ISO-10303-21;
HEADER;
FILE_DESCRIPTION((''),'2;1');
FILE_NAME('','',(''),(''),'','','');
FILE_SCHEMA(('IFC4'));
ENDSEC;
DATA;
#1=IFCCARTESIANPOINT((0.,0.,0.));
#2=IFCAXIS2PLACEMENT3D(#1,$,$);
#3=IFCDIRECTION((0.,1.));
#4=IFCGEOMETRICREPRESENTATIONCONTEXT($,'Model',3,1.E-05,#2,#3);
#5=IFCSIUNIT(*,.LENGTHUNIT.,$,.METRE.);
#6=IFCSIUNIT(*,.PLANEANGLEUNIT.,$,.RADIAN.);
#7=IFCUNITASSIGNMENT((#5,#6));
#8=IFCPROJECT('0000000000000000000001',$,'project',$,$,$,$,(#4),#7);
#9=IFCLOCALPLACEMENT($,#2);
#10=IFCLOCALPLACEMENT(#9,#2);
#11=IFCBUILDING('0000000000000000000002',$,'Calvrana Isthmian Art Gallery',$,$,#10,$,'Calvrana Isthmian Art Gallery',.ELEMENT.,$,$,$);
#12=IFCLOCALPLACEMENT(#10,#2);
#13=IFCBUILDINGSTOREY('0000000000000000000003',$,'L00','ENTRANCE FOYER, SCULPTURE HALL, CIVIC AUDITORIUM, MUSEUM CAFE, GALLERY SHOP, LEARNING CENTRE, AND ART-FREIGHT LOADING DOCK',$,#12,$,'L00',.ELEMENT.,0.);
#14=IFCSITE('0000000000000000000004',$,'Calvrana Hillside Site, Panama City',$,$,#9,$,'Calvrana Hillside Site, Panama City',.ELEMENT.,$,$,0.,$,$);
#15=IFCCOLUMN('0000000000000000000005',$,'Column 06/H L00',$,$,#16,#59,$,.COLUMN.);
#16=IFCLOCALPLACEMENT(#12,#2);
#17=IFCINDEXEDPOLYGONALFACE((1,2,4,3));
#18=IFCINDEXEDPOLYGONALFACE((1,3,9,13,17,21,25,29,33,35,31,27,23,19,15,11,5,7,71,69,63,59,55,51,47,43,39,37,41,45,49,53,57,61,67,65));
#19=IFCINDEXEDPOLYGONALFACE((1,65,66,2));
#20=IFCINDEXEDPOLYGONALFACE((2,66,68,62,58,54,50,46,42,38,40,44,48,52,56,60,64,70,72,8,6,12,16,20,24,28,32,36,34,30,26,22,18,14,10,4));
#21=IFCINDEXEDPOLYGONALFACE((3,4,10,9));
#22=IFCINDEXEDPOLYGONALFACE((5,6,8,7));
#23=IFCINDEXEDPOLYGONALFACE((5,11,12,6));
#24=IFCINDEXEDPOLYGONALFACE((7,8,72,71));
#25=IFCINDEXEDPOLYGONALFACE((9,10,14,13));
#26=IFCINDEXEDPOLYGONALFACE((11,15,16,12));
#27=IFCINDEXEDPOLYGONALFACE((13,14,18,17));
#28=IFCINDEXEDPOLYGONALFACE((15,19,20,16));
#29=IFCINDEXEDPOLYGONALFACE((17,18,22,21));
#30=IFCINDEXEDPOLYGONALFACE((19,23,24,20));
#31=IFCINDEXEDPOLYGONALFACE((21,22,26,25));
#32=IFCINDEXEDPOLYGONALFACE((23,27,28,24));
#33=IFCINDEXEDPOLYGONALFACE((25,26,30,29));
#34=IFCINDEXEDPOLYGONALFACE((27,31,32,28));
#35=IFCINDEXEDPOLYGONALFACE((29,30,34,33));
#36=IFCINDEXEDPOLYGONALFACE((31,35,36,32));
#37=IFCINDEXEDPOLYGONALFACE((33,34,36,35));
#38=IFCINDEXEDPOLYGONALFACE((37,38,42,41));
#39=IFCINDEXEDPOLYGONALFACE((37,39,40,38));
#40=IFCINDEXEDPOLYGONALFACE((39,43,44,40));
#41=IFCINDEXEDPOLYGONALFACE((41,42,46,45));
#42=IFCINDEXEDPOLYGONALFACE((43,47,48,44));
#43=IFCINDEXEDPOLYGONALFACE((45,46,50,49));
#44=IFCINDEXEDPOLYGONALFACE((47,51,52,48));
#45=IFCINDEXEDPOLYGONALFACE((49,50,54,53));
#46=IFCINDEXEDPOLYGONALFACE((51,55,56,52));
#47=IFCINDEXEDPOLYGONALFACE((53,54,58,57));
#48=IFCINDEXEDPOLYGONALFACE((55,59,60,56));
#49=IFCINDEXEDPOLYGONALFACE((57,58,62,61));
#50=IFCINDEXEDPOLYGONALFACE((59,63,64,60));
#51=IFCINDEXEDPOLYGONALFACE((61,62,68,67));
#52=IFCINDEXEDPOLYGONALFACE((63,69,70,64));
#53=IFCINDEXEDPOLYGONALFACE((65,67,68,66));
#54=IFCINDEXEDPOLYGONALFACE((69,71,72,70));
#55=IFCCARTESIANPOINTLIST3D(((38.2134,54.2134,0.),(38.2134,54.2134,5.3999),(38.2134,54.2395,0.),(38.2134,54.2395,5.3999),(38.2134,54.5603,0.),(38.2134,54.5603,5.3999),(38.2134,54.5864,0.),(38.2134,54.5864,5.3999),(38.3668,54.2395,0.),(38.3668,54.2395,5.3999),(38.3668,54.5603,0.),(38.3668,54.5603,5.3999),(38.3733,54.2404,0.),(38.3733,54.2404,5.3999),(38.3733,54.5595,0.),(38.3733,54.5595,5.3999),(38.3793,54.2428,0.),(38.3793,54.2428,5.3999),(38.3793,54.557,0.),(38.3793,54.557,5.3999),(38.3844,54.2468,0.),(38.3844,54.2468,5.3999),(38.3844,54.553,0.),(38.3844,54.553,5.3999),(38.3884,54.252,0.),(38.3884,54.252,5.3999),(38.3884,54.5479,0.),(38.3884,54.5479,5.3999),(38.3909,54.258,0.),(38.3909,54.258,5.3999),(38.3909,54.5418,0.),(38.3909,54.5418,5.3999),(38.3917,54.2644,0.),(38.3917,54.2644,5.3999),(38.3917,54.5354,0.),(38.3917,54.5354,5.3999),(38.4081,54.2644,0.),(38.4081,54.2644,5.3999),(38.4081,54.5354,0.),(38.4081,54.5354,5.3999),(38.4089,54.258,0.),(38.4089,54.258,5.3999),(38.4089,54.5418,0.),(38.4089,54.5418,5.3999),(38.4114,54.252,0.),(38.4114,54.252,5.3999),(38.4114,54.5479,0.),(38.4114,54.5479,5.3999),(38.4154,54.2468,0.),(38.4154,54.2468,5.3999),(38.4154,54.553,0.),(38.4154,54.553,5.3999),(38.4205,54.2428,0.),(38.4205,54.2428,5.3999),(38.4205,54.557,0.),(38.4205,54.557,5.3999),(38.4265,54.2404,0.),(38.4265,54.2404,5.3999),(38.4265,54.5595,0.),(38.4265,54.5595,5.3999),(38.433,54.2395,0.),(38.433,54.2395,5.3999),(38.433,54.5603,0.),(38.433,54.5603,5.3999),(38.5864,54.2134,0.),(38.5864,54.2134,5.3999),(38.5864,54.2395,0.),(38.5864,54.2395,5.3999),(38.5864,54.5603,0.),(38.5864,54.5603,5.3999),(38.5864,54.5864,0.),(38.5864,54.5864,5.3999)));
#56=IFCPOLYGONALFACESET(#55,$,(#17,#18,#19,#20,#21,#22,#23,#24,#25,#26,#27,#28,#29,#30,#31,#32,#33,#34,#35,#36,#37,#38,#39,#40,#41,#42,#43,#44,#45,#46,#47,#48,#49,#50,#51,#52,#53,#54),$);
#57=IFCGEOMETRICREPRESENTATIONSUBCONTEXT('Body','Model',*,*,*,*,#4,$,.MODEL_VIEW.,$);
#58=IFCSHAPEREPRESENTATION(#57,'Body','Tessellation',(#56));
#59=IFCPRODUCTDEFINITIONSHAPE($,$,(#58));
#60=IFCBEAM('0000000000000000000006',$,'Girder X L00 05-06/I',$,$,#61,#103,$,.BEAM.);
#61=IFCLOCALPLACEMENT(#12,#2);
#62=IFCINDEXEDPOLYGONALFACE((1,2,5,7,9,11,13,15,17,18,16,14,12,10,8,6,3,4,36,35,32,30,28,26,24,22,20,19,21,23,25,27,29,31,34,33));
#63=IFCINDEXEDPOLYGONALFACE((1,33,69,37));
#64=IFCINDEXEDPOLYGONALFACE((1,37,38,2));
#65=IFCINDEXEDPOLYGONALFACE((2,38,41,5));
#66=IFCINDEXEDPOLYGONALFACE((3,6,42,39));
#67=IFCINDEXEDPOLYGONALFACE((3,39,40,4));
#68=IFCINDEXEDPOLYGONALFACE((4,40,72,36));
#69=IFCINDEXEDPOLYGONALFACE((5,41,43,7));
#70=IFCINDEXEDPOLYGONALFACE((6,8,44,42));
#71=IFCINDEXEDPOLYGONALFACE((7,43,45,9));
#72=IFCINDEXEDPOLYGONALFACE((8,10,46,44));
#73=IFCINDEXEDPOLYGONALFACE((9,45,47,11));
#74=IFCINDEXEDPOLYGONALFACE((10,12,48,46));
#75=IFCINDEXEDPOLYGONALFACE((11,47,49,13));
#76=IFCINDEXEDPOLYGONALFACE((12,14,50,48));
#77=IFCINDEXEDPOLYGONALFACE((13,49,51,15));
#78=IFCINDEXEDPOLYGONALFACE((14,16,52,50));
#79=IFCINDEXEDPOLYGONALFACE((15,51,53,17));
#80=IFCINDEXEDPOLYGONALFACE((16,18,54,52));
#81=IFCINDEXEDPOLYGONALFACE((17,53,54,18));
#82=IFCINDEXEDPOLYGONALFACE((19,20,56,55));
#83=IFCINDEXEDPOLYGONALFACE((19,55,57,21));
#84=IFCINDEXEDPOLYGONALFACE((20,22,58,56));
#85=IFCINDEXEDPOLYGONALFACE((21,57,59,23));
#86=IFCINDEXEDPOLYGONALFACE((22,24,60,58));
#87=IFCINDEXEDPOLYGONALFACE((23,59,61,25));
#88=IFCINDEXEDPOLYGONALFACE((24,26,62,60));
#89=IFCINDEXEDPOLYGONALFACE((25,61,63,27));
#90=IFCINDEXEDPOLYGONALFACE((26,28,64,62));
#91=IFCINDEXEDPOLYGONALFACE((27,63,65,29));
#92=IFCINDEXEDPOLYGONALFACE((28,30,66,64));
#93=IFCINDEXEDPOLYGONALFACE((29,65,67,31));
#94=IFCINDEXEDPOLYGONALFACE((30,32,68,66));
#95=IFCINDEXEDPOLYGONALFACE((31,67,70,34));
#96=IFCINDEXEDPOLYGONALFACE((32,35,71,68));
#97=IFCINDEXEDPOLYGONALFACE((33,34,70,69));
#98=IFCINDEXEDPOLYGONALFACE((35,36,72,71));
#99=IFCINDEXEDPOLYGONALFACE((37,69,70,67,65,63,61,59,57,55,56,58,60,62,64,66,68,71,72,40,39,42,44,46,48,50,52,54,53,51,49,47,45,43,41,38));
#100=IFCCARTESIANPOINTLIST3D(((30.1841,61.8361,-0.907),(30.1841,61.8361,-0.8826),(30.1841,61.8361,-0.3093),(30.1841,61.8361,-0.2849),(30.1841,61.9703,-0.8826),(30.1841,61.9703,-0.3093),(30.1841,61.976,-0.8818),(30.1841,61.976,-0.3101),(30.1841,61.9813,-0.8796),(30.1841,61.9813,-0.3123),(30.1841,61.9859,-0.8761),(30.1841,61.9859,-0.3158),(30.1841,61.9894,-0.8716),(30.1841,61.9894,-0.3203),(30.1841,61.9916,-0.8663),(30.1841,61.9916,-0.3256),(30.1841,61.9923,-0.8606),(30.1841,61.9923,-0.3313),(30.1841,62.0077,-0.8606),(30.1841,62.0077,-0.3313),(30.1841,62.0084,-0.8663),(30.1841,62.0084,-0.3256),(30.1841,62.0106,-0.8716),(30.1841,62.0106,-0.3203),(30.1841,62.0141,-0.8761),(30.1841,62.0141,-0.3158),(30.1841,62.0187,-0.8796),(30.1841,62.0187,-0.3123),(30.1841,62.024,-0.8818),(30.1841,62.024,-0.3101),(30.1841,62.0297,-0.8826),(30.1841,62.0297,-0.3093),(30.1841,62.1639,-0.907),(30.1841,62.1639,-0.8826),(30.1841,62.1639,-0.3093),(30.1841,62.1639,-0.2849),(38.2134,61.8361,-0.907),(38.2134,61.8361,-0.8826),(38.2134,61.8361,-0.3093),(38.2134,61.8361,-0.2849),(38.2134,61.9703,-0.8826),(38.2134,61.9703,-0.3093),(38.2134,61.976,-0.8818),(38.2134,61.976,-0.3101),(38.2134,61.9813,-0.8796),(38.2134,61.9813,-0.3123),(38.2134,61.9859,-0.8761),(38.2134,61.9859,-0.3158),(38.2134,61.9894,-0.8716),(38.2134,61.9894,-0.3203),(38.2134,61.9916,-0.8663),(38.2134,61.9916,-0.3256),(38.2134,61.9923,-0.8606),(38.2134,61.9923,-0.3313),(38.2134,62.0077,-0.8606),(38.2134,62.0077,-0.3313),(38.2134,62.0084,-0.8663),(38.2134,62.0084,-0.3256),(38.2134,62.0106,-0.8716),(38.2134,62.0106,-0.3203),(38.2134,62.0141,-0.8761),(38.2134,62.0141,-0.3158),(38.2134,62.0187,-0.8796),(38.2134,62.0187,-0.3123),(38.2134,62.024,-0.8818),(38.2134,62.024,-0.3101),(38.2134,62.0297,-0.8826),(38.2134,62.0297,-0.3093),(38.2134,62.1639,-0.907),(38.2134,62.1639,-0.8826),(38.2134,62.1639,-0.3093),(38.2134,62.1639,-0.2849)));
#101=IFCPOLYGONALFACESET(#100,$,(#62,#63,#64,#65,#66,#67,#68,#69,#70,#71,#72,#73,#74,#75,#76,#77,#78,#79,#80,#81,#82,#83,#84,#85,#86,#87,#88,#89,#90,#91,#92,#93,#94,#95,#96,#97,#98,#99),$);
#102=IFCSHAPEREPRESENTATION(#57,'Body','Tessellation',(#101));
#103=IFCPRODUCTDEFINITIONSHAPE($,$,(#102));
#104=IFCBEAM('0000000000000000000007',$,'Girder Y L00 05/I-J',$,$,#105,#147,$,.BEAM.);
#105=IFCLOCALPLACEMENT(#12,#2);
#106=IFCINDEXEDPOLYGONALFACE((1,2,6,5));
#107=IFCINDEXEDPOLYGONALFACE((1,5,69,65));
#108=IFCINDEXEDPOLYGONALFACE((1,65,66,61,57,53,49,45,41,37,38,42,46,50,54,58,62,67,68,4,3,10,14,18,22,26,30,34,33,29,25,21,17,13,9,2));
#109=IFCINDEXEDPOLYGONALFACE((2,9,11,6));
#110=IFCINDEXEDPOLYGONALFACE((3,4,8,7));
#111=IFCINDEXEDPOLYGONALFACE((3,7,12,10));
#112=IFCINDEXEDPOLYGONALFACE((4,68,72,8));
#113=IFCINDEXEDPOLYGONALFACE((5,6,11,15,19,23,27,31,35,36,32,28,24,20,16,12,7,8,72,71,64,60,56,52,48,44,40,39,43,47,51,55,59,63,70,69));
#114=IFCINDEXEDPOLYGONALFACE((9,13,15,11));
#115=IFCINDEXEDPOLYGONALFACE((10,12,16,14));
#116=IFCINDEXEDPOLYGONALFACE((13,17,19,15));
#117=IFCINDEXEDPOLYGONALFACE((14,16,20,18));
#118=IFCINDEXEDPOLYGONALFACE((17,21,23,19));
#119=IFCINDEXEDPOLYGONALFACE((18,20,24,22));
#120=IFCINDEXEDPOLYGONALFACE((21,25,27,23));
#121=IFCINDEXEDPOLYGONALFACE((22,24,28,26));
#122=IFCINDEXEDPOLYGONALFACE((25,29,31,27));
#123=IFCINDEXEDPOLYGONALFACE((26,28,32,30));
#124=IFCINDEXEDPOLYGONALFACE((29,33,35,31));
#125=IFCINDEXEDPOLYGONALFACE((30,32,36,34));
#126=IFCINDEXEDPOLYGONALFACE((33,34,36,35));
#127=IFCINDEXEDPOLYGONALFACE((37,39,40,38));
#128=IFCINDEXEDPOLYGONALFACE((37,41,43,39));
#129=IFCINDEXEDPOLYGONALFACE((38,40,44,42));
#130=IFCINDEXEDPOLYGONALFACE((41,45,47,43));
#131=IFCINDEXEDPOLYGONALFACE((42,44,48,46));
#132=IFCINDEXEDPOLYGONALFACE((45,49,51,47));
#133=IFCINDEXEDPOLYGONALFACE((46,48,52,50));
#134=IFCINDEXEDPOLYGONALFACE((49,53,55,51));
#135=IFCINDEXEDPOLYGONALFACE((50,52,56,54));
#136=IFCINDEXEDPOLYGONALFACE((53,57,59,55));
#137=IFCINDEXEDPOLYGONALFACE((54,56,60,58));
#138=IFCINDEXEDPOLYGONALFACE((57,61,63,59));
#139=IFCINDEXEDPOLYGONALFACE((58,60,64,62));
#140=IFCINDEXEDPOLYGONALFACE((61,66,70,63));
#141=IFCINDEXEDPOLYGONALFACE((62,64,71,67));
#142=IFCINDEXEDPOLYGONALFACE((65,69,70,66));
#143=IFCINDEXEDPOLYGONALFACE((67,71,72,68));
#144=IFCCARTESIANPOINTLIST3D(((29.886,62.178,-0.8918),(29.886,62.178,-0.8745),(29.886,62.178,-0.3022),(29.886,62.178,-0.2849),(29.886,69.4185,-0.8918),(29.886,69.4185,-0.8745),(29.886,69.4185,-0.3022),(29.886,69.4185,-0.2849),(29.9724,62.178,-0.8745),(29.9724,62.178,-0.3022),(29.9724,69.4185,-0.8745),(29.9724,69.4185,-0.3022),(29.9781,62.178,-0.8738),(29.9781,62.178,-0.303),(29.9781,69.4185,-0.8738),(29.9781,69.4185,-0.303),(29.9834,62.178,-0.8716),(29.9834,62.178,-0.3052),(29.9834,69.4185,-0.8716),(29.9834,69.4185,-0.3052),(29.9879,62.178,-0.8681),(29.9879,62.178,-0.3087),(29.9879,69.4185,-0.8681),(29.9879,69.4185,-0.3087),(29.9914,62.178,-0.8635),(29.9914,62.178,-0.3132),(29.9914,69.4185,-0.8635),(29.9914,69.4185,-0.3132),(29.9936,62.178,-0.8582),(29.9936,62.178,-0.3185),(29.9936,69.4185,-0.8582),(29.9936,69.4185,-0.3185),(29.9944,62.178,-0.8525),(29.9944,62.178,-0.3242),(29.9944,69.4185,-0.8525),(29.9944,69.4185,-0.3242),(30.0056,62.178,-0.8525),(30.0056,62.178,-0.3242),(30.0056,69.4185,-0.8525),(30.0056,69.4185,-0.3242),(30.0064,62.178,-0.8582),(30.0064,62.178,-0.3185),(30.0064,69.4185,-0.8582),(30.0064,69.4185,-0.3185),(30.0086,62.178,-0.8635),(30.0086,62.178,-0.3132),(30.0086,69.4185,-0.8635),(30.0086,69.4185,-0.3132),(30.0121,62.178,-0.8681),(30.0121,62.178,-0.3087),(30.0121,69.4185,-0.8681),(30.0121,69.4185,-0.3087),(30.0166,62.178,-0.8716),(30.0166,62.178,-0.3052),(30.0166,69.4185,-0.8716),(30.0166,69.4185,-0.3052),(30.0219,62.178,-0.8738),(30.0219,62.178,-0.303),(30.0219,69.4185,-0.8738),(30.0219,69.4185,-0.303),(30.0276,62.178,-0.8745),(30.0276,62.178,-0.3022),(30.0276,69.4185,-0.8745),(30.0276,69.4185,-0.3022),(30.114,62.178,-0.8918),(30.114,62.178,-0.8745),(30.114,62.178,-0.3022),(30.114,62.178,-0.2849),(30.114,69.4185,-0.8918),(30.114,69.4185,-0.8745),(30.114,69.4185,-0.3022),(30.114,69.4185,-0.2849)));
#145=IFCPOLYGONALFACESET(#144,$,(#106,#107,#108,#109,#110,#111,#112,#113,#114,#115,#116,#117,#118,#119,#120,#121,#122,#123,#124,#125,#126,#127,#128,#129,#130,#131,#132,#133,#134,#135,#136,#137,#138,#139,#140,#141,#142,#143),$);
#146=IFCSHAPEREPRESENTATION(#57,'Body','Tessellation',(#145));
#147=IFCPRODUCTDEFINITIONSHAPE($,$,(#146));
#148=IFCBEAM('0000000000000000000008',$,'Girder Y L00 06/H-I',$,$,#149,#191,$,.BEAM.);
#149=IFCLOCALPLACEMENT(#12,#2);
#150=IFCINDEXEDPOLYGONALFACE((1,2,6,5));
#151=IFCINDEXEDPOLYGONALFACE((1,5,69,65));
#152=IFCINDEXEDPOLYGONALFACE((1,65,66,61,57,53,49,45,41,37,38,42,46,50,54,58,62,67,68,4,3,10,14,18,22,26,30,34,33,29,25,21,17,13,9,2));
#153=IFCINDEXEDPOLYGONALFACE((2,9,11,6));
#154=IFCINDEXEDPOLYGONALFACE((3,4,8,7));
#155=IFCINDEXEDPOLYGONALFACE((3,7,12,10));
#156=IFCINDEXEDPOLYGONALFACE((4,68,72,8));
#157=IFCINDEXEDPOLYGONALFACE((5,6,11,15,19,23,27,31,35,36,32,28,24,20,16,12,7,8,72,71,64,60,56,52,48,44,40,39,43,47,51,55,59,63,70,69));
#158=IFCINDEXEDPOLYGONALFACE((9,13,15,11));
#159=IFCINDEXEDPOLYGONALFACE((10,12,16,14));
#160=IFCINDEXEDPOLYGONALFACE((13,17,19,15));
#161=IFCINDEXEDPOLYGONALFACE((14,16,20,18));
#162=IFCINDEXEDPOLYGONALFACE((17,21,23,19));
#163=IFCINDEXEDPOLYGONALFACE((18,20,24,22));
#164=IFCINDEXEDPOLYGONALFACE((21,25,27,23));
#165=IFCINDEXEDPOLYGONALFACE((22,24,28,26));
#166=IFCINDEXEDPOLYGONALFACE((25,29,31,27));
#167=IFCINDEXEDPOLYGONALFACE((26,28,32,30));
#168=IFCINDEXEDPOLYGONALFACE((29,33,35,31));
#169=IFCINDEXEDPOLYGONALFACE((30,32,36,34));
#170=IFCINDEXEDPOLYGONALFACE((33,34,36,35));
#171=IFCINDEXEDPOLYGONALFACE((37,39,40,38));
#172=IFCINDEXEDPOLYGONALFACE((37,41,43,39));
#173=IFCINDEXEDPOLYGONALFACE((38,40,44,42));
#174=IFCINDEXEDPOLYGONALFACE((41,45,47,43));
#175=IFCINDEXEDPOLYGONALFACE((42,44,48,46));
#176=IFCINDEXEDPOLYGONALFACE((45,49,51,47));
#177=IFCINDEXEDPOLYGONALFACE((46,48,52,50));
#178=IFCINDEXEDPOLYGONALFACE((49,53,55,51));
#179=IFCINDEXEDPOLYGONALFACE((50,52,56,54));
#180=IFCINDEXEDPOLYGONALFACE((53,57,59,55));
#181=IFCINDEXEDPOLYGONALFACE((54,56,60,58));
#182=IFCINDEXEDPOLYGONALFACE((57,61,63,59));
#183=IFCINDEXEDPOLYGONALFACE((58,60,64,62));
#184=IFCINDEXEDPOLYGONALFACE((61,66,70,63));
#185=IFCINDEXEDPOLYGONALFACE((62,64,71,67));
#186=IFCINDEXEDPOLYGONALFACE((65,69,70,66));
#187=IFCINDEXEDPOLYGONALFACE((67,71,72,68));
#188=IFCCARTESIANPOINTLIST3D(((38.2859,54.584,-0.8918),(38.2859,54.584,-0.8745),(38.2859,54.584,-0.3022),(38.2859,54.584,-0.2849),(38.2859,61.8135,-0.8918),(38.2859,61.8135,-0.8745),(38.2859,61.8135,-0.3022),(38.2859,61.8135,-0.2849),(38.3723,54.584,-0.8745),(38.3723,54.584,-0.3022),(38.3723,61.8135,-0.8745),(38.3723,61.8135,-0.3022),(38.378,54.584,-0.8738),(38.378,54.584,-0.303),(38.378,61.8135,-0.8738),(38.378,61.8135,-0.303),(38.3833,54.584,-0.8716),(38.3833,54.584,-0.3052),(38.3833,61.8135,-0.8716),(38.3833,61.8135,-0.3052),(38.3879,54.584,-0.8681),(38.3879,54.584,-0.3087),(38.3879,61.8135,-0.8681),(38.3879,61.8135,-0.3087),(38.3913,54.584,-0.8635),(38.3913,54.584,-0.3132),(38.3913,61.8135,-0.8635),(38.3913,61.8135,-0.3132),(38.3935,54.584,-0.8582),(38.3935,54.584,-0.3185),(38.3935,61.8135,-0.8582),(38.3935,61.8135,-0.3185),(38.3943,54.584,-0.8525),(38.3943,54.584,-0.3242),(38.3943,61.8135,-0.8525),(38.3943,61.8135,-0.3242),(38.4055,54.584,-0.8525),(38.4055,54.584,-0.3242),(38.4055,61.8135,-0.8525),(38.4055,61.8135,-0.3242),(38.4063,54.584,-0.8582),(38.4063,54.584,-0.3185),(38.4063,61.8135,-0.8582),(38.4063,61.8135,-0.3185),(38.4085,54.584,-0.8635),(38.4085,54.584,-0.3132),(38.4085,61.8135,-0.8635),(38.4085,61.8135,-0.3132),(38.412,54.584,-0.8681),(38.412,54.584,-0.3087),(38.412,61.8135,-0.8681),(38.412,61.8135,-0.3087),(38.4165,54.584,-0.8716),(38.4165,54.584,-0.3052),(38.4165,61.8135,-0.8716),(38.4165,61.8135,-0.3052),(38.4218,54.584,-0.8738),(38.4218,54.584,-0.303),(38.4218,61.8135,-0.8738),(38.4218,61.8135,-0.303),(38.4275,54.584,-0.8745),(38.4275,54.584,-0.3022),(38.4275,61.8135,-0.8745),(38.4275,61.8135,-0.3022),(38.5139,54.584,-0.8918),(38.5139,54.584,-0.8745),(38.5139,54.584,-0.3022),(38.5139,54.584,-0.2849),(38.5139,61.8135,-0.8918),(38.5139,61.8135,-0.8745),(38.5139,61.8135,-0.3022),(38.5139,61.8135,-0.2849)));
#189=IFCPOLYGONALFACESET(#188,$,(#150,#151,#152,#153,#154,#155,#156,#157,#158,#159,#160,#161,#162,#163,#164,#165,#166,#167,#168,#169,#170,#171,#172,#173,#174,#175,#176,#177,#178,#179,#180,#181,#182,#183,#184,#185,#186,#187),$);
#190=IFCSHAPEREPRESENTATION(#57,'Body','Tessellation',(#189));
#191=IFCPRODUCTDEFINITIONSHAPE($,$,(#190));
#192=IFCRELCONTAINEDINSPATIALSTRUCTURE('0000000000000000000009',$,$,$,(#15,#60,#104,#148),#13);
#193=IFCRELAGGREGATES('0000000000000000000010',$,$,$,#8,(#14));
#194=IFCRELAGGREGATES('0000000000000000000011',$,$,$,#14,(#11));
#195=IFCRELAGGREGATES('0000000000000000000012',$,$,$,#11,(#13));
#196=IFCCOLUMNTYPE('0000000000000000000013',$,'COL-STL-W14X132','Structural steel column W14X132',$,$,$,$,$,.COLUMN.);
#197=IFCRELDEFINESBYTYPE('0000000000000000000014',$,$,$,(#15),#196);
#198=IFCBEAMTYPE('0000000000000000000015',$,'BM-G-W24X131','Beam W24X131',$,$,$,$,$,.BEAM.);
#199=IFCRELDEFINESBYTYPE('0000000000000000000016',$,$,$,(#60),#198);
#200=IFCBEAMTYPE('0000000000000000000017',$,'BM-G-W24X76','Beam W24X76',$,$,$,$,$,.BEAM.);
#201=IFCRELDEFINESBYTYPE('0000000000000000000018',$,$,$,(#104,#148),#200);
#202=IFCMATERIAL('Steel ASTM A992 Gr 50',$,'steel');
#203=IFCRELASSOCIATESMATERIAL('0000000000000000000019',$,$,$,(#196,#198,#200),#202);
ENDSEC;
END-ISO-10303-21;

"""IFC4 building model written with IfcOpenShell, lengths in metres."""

from ifc_helpers import new_model, si_unit, direction, frame, origin, origin_2d, place, context, subcontext, project, spatial, i_section, extrude, material, material_profile, profile_set, type_object, element, save


model = new_model("IFC4")

# Units and contexts
model_context = context("Model", 3, precision=1e-05, world=origin(), true_north=direction((0.0, 1.0)))
body_context = subcontext(model_context, "Body", "Model", "MODEL_VIEW")
ifc_project = project(units=[si_unit("LENGTHUNIT", "METRE"), si_unit("PLANEANGLEUNIT", "RADIAN")], contexts=[model_context])

# Site, building, storey
site_placement = place(None, origin())
site = spatial("IfcSite", under=ifc_project, at=site_placement, Name="Calvrana Hillside Site, Panama City", LongName="Calvrana Hillside Site, Panama City", CompositionType="ELEMENT", RefElevation=0.0)
building_placement = place(site_placement, origin())
building = spatial("IfcBuilding", under=site, at=building_placement, Name="Calvrana Isthmian Art Gallery", LongName="Calvrana Isthmian Art Gallery", CompositionType="ELEMENT")
storey_placement = place(building_placement, origin())
storey = spatial("IfcBuildingStorey", under=building, at=storey_placement, Name="L00", Description="ENTRANCE FOYER, SCULPTURE HALL, CIVIC AUDITORIUM, MUSEUM CAFE, GALLERY SHOP, LEARNING CENTRE, AND ART-FREIGHT LOADING DOCK", LongName="L00", CompositionType="ELEMENT", Elevation=0.0)

# Column
ifc_material_1 = material(Name="Steel ASTM A992 Gr 50", Category="steel")
ifc_material_profile_1 = material_profile(ifc_material_1, i_section(OverallWidth=0.373, OverallDepth=0.373, WebThickness=0.0164, FlangeThickness=0.0261, FilletRadius=0.0249, at=origin_2d()), Name="W14X132")
ifc_profile_set_1 = profile_set([ifc_material_profile_1], Name="Steel ASTM A992 Gr 50")
column_type = type_object("IfcColumnType", Name="COL-STL-W14X132", Description="Structural steel column W14X132", PredefinedType="COLUMN", material=ifc_profile_set_1)
column_placement = place(storey_placement, frame((38.3999, 54.3999, 0.0), z_axis=(0.0, 0.0, 1.0), x_axis=(1.0, 0.0, 0.0)))
element("IfcColumn", 1, at=column_placement, inside=storey, type_object=column_type, Name="Column 06/H L00", PredefinedType="COLUMN", context=body_context, shape_type="SweptSolid", body=[
    extrude(i_section(OverallWidth=0.373, OverallDepth=0.373, WebThickness=0.0164, FlangeThickness=0.0261, FilletRadius=0.0249, at=origin_2d()), origin(), (0.0, 0.0, 1.0), 5.3999),
])

# Beams
ifc_material_profile_2 = material_profile(ifc_material_1, i_section(OverallWidth=0.3279, OverallDepth=0.6221, WebThickness=0.0154, FlangeThickness=0.0244, FilletRadius=0.022, at=origin_2d()), Name="W24X131")
ifc_profile_set_2 = profile_set([ifc_material_profile_2], Name="Steel ASTM A992 Gr 50")
beam_type_1 = type_object("IfcBeamType", Name="BM-G-W24X131", Description="Beam W24X131", PredefinedType="BEAM", material=ifc_profile_set_2)
beam_1_placement = place(storey_placement, frame((30.1841, 62.0, -0.5959), z_axis=(1.0, 0.0, 0.0), x_axis=(0.0, 1.0, 0.0)))
element("IfcBeam", 2, at=beam_1_placement, inside=storey, type_object=beam_type_1, Name="Girder X L00 05-06/I", PredefinedType="BEAM", context=body_context, shape_type="SweptSolid", body=[
    extrude(i_section(OverallWidth=0.3279, OverallDepth=0.6221, WebThickness=0.0154, FlangeThickness=0.0244, FilletRadius=0.022, at=origin_2d()), origin(), (0.0, 0.0, 1.0), 8.0293),
])
ifc_material_profile_3 = material_profile(ifc_material_1, i_section(OverallWidth=0.228, OverallDepth=0.6069, WebThickness=0.0112, FlangeThickness=0.0173, FilletRadius=0.022, at=origin_2d()), Name="W24X76")
ifc_profile_set_3 = profile_set([ifc_material_profile_3], Name="Steel ASTM A992 Gr 50")
beam_type_2 = type_object("IfcBeamType", Name="BM-G-W24X76", Description="Beam W24X76", PredefinedType="BEAM", material=ifc_profile_set_3)
beam_2_placement = place(storey_placement, frame((30.0, 62.178, -0.5884), z_axis=(0.0, 1.0, 0.0), x_axis=(-1.0, 0.0, 0.0)))
element("IfcBeam", 3, at=beam_2_placement, inside=storey, type_object=beam_type_2, Name="Girder Y L00 05/I-J", PredefinedType="BEAM", context=body_context, shape_type="SweptSolid", body=[
    extrude(i_section(OverallWidth=0.228, OverallDepth=0.6069, WebThickness=0.0112, FlangeThickness=0.0173, FilletRadius=0.022, at=origin_2d()), origin(), (0.0, 0.0, 1.0), 7.2405),
])
beam_3_placement = place(storey_placement, frame((38.3999, 54.584, -0.5884), z_axis=(0.0, 1.0, 0.0), x_axis=(-1.0, 0.0, 0.0)))
element("IfcBeam", 4, at=beam_3_placement, inside=storey, type_object=beam_type_2, Name="Girder Y L00 06/H-I", PredefinedType="BEAM", context=body_context, shape_type="SweptSolid", body=[
    extrude(i_section(OverallWidth=0.228, OverallDepth=0.6069, WebThickness=0.0112, FlangeThickness=0.0173, FilletRadius=0.022, at=origin_2d()), origin(), (0.0, 0.0, 1.0), 7.2295),
])

save(model, "model.ifc")
